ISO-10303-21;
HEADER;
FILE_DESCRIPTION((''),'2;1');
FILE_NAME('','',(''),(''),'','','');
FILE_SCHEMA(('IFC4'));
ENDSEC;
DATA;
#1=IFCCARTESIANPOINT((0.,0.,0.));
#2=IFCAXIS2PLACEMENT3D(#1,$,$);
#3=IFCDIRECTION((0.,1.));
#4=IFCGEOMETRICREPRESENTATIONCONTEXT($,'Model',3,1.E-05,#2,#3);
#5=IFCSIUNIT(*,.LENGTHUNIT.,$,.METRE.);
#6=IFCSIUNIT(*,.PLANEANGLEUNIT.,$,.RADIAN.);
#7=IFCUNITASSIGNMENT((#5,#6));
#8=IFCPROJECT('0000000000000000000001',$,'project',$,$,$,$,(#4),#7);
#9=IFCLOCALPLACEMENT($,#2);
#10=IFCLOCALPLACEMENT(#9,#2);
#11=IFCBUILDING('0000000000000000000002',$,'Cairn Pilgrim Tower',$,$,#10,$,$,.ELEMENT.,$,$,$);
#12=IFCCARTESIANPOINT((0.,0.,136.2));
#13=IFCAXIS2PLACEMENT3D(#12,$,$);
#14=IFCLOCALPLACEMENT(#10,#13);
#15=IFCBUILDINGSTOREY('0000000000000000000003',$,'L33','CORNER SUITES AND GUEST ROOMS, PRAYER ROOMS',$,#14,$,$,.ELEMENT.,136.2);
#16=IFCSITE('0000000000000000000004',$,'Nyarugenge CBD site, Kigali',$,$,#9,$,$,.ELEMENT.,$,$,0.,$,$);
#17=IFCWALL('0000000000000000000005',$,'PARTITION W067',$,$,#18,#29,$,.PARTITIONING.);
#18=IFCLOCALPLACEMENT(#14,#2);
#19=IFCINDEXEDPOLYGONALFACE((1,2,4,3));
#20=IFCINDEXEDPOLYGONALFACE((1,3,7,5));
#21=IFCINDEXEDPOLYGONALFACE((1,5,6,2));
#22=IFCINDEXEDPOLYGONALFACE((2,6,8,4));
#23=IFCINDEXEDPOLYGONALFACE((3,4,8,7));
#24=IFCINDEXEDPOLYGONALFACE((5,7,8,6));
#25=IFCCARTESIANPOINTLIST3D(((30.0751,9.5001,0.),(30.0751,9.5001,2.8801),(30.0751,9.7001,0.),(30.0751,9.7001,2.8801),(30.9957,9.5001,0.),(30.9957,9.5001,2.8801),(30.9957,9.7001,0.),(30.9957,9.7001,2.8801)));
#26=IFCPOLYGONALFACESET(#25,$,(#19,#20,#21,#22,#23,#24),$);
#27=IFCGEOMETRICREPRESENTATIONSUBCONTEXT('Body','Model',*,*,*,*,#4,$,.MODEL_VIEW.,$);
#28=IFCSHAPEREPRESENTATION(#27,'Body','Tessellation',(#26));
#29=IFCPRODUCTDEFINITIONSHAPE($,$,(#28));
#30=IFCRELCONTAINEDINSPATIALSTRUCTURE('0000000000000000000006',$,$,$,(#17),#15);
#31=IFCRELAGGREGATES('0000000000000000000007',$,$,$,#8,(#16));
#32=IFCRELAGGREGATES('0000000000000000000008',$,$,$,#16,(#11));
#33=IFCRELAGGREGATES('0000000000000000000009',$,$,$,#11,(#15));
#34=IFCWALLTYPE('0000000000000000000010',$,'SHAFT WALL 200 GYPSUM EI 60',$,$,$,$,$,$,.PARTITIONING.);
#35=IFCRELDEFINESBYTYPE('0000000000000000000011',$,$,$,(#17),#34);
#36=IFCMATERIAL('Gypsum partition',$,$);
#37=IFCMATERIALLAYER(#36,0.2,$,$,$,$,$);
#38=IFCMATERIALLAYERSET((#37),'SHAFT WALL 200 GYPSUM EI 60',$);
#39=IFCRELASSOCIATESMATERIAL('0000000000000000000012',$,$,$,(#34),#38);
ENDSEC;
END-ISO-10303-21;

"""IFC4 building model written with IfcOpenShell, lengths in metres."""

from ifc_helpers import new_model, si_unit, direction, frame, frame_2d, origin, place, context, subcontext, project, spatial, rectangle, extrude, material, layer, layer_set, type_object, element, save


model = new_model("IFC4")

# Units and contexts
model_context = context("Model", 3, precision=1e-05, world=origin(), true_north=direction((0.0, 1.0)))
body_context = subcontext(model_context, "Body", "Model", "MODEL_VIEW")
ifc_project = project(units=[si_unit("LENGTHUNIT", "METRE"), si_unit("PLANEANGLEUNIT", "RADIAN")], contexts=[model_context])

# Site, building, storey
site_placement = place(None, origin())
site = spatial("IfcSite", under=ifc_project, at=site_placement, Name="Nyarugenge CBD site, Kigali", CompositionType="ELEMENT", RefElevation=0.0)
building_placement = place(site_placement, origin())
building = spatial("IfcBuilding", under=site, at=building_placement, Name="Cairn Pilgrim Tower", CompositionType="ELEMENT")
storey_placement = place(building_placement, frame((0.0, 0.0, 136.2)))
storey = spatial("IfcBuildingStorey", under=building, at=storey_placement, Name="L33", Description="CORNER SUITES AND GUEST ROOMS, PRAYER ROOMS", CompositionType="ELEMENT", Elevation=136.2)

# Shared definitions
ifc_material_1 = material(Name="Gypsum partition")

# Wall
ifc_layer_1 = layer(ifc_material_1, 0.2)
ifc_layer_set_1 = layer_set([ifc_layer_1], Name="SHAFT WALL 200 GYPSUM EI 60")
wall_type_1 = type_object("IfcWallType", Name="SHAFT WALL 200 GYPSUM EI 60", PredefinedType="PARTITIONING", material=ifc_layer_set_1)
wall_1_placement = place(storey_placement, frame((30.075, 9.6001, 0.0), z_axis=(0.0, 0.0, 1.0), x_axis=(1.0, 0.0, 0.0)))
element("IfcWall", 1, at=wall_1_placement, inside=storey, type_object=wall_type_1, Name="PARTITION W067", PredefinedType="PARTITIONING", context=body_context, shape_type="SweptSolid", body=[
    extrude(rectangle(XDim=0.9207, YDim=0.2, at=frame_2d((0.4604, 0.0))), origin(), (0.0, 0.0, 1.0), 2.8801),
])

save(model, "model.ifc")
